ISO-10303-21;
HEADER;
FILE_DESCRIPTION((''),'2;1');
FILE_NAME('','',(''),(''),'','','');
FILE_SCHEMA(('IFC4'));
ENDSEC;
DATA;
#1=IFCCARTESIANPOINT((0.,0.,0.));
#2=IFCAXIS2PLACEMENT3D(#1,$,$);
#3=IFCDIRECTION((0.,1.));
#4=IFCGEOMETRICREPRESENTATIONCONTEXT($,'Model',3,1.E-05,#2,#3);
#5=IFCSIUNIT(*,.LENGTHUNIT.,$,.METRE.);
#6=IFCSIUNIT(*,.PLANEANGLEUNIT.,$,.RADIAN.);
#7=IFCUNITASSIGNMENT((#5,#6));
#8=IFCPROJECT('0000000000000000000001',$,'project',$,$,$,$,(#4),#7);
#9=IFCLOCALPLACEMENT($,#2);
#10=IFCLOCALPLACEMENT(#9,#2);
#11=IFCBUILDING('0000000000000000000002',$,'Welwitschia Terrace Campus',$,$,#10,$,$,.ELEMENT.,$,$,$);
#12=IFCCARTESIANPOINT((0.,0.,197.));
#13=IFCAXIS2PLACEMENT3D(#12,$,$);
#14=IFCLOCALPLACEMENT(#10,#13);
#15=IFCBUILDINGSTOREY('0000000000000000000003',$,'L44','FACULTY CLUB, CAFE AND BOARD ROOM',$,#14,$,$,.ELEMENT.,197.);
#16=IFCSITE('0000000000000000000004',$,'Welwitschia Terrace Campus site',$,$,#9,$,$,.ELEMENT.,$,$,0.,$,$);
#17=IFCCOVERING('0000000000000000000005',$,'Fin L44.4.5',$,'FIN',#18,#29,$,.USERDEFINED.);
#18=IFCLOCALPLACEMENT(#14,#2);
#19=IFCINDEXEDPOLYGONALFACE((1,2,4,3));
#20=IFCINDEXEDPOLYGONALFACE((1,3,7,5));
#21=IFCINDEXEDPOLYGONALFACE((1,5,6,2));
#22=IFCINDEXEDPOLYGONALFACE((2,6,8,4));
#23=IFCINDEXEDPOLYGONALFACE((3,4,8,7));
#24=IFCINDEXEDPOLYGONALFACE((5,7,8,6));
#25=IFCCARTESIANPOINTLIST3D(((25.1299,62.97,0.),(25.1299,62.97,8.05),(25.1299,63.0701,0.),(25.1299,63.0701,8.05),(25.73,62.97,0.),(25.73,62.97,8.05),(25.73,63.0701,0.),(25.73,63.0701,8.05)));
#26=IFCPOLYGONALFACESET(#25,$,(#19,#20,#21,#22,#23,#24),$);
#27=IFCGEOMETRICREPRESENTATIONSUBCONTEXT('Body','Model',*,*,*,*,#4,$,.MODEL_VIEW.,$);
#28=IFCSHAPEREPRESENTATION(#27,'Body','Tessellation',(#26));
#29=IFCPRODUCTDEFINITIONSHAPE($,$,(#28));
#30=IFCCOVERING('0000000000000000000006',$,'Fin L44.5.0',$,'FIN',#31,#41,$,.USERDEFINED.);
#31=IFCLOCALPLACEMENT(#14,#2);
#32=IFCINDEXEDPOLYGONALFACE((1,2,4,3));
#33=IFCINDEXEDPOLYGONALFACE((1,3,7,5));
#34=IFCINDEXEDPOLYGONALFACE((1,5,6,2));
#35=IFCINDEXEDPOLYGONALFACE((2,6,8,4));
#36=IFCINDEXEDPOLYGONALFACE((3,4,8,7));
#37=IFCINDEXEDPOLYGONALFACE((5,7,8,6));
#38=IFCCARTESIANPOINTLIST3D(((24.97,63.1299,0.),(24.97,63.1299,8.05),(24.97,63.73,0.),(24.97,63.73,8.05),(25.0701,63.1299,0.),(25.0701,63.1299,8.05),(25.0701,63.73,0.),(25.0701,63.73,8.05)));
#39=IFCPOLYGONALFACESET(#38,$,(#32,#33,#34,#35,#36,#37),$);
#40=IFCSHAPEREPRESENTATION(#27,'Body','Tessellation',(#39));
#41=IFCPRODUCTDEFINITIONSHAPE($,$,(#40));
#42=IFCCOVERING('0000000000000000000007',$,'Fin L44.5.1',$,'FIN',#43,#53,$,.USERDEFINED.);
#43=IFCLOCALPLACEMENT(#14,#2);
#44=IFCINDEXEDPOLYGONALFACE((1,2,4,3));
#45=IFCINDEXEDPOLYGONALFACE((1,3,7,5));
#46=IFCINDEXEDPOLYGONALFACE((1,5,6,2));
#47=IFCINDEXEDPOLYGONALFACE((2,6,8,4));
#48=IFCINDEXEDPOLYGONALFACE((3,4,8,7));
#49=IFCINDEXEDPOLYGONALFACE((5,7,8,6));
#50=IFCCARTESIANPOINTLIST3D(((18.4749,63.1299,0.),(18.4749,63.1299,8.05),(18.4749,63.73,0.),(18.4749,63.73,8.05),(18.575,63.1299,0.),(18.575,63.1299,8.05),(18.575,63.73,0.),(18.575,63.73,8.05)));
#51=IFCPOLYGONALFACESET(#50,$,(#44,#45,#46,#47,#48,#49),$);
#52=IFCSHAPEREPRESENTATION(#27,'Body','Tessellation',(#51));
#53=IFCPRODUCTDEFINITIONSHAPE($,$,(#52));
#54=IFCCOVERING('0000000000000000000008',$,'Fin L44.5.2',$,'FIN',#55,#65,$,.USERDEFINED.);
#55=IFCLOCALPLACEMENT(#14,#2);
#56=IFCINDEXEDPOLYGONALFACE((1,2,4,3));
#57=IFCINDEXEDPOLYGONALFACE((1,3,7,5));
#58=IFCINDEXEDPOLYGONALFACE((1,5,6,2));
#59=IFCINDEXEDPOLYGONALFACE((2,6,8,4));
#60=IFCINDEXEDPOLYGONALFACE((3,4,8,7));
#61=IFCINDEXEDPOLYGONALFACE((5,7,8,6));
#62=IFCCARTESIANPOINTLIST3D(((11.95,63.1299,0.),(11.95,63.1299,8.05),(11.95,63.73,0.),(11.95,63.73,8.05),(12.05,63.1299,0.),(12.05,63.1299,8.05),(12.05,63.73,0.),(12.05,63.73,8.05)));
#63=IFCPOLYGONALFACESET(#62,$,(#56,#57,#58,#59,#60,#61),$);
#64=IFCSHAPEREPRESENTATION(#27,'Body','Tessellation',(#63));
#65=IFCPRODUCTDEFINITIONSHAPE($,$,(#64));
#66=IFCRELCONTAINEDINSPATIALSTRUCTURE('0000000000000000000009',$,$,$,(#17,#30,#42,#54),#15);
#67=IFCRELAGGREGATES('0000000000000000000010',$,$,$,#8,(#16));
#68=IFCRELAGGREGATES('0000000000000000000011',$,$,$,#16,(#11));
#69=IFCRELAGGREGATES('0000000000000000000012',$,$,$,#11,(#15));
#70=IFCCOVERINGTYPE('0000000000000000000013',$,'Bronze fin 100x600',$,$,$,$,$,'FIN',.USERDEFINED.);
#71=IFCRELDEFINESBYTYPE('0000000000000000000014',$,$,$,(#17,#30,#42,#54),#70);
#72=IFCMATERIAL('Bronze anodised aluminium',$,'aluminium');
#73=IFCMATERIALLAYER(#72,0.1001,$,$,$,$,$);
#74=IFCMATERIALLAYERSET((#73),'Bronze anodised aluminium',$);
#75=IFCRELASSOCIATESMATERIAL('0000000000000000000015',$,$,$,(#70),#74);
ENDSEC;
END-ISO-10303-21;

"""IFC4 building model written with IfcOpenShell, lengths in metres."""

from ifc_helpers import new_model, si_unit, direction, frame, origin, origin_2d, place, context, subcontext, project, spatial, rectangle, extrude, material, layer, layer_set, type_object, element, save


model = new_model("IFC4")

# Units and contexts
model_context = context("Model", 3, precision=1e-05, world=origin(), true_north=direction((0.0, 1.0)))
body_context = subcontext(model_context, "Body", "Model", "MODEL_VIEW")
ifc_project = project(units=[si_unit("LENGTHUNIT", "METRE"), si_unit("PLANEANGLEUNIT", "RADIAN")], contexts=[model_context])

# Site, building, storey
site_placement = place(None, origin())
site = spatial("IfcSite", under=ifc_project, at=site_placement, Name="Welwitschia Terrace Campus site", CompositionType="ELEMENT", RefElevation=0.0)
building_placement = place(site_placement, origin())
building = spatial("IfcBuilding", under=site, at=building_placement, Name="Welwitschia Terrace Campus", CompositionType="ELEMENT")
storey_placement = place(building_placement, frame((0.0, 0.0, 197.0)))
storey = spatial("IfcBuildingStorey", under=building, at=storey_placement, Name="L44", Description="FACULTY CLUB, CAFE AND BOARD ROOM", CompositionType="ELEMENT", Elevation=197.0)

# Coverings
ifc_material_1 = material(Name="Bronze anodised aluminium", Category="aluminium")
ifc_layer_1 = layer(ifc_material_1, 0.1001)
ifc_layer_set_1 = layer_set([ifc_layer_1], Name="Bronze anodised aluminium")
covering_type = type_object("IfcCoveringType", Name="Bronze fin 100x600", ElementType="FIN", PredefinedType="USERDEFINED", material=ifc_layer_set_1)
for number, where, z_axis, x_axis, name in (
    (1, (25.4299, 63.02, 0.0), (0.0, 0.0, 1.0), (0.0, 1.0, 0.0), "Fin L44.4.5"),
    (2, (25.02, 63.4299, 0.0), (0.0, 0.0, 1.0), (-1.0, 0.0, 0.0), "Fin L44.5.0"),
    (3, (18.5249, 63.4299, 0.0), (0.0, 0.0, 1.0), (-1.0, 0.0, 0.0), "Fin L44.5.1"),
    (4, (12.0, 63.4299, 0.0), (0.0, 0.0, 1.0), (-1.0, 0.0, 0.0), "Fin L44.5.2"),
):
    element("IfcCovering", number, at=place(storey_placement, frame(where, z_axis=z_axis, x_axis=x_axis)), inside=storey, type_object=covering_type, Name=name, ObjectType="FIN", PredefinedType="USERDEFINED", context=body_context, shape_type="SweptSolid", body=[
        extrude(rectangle(XDim=0.1001, YDim=0.6001, at=origin_2d()), origin(), (0.0, 0.0, 1.0), 8.05),
    ])

save(model, "model.ifc")
